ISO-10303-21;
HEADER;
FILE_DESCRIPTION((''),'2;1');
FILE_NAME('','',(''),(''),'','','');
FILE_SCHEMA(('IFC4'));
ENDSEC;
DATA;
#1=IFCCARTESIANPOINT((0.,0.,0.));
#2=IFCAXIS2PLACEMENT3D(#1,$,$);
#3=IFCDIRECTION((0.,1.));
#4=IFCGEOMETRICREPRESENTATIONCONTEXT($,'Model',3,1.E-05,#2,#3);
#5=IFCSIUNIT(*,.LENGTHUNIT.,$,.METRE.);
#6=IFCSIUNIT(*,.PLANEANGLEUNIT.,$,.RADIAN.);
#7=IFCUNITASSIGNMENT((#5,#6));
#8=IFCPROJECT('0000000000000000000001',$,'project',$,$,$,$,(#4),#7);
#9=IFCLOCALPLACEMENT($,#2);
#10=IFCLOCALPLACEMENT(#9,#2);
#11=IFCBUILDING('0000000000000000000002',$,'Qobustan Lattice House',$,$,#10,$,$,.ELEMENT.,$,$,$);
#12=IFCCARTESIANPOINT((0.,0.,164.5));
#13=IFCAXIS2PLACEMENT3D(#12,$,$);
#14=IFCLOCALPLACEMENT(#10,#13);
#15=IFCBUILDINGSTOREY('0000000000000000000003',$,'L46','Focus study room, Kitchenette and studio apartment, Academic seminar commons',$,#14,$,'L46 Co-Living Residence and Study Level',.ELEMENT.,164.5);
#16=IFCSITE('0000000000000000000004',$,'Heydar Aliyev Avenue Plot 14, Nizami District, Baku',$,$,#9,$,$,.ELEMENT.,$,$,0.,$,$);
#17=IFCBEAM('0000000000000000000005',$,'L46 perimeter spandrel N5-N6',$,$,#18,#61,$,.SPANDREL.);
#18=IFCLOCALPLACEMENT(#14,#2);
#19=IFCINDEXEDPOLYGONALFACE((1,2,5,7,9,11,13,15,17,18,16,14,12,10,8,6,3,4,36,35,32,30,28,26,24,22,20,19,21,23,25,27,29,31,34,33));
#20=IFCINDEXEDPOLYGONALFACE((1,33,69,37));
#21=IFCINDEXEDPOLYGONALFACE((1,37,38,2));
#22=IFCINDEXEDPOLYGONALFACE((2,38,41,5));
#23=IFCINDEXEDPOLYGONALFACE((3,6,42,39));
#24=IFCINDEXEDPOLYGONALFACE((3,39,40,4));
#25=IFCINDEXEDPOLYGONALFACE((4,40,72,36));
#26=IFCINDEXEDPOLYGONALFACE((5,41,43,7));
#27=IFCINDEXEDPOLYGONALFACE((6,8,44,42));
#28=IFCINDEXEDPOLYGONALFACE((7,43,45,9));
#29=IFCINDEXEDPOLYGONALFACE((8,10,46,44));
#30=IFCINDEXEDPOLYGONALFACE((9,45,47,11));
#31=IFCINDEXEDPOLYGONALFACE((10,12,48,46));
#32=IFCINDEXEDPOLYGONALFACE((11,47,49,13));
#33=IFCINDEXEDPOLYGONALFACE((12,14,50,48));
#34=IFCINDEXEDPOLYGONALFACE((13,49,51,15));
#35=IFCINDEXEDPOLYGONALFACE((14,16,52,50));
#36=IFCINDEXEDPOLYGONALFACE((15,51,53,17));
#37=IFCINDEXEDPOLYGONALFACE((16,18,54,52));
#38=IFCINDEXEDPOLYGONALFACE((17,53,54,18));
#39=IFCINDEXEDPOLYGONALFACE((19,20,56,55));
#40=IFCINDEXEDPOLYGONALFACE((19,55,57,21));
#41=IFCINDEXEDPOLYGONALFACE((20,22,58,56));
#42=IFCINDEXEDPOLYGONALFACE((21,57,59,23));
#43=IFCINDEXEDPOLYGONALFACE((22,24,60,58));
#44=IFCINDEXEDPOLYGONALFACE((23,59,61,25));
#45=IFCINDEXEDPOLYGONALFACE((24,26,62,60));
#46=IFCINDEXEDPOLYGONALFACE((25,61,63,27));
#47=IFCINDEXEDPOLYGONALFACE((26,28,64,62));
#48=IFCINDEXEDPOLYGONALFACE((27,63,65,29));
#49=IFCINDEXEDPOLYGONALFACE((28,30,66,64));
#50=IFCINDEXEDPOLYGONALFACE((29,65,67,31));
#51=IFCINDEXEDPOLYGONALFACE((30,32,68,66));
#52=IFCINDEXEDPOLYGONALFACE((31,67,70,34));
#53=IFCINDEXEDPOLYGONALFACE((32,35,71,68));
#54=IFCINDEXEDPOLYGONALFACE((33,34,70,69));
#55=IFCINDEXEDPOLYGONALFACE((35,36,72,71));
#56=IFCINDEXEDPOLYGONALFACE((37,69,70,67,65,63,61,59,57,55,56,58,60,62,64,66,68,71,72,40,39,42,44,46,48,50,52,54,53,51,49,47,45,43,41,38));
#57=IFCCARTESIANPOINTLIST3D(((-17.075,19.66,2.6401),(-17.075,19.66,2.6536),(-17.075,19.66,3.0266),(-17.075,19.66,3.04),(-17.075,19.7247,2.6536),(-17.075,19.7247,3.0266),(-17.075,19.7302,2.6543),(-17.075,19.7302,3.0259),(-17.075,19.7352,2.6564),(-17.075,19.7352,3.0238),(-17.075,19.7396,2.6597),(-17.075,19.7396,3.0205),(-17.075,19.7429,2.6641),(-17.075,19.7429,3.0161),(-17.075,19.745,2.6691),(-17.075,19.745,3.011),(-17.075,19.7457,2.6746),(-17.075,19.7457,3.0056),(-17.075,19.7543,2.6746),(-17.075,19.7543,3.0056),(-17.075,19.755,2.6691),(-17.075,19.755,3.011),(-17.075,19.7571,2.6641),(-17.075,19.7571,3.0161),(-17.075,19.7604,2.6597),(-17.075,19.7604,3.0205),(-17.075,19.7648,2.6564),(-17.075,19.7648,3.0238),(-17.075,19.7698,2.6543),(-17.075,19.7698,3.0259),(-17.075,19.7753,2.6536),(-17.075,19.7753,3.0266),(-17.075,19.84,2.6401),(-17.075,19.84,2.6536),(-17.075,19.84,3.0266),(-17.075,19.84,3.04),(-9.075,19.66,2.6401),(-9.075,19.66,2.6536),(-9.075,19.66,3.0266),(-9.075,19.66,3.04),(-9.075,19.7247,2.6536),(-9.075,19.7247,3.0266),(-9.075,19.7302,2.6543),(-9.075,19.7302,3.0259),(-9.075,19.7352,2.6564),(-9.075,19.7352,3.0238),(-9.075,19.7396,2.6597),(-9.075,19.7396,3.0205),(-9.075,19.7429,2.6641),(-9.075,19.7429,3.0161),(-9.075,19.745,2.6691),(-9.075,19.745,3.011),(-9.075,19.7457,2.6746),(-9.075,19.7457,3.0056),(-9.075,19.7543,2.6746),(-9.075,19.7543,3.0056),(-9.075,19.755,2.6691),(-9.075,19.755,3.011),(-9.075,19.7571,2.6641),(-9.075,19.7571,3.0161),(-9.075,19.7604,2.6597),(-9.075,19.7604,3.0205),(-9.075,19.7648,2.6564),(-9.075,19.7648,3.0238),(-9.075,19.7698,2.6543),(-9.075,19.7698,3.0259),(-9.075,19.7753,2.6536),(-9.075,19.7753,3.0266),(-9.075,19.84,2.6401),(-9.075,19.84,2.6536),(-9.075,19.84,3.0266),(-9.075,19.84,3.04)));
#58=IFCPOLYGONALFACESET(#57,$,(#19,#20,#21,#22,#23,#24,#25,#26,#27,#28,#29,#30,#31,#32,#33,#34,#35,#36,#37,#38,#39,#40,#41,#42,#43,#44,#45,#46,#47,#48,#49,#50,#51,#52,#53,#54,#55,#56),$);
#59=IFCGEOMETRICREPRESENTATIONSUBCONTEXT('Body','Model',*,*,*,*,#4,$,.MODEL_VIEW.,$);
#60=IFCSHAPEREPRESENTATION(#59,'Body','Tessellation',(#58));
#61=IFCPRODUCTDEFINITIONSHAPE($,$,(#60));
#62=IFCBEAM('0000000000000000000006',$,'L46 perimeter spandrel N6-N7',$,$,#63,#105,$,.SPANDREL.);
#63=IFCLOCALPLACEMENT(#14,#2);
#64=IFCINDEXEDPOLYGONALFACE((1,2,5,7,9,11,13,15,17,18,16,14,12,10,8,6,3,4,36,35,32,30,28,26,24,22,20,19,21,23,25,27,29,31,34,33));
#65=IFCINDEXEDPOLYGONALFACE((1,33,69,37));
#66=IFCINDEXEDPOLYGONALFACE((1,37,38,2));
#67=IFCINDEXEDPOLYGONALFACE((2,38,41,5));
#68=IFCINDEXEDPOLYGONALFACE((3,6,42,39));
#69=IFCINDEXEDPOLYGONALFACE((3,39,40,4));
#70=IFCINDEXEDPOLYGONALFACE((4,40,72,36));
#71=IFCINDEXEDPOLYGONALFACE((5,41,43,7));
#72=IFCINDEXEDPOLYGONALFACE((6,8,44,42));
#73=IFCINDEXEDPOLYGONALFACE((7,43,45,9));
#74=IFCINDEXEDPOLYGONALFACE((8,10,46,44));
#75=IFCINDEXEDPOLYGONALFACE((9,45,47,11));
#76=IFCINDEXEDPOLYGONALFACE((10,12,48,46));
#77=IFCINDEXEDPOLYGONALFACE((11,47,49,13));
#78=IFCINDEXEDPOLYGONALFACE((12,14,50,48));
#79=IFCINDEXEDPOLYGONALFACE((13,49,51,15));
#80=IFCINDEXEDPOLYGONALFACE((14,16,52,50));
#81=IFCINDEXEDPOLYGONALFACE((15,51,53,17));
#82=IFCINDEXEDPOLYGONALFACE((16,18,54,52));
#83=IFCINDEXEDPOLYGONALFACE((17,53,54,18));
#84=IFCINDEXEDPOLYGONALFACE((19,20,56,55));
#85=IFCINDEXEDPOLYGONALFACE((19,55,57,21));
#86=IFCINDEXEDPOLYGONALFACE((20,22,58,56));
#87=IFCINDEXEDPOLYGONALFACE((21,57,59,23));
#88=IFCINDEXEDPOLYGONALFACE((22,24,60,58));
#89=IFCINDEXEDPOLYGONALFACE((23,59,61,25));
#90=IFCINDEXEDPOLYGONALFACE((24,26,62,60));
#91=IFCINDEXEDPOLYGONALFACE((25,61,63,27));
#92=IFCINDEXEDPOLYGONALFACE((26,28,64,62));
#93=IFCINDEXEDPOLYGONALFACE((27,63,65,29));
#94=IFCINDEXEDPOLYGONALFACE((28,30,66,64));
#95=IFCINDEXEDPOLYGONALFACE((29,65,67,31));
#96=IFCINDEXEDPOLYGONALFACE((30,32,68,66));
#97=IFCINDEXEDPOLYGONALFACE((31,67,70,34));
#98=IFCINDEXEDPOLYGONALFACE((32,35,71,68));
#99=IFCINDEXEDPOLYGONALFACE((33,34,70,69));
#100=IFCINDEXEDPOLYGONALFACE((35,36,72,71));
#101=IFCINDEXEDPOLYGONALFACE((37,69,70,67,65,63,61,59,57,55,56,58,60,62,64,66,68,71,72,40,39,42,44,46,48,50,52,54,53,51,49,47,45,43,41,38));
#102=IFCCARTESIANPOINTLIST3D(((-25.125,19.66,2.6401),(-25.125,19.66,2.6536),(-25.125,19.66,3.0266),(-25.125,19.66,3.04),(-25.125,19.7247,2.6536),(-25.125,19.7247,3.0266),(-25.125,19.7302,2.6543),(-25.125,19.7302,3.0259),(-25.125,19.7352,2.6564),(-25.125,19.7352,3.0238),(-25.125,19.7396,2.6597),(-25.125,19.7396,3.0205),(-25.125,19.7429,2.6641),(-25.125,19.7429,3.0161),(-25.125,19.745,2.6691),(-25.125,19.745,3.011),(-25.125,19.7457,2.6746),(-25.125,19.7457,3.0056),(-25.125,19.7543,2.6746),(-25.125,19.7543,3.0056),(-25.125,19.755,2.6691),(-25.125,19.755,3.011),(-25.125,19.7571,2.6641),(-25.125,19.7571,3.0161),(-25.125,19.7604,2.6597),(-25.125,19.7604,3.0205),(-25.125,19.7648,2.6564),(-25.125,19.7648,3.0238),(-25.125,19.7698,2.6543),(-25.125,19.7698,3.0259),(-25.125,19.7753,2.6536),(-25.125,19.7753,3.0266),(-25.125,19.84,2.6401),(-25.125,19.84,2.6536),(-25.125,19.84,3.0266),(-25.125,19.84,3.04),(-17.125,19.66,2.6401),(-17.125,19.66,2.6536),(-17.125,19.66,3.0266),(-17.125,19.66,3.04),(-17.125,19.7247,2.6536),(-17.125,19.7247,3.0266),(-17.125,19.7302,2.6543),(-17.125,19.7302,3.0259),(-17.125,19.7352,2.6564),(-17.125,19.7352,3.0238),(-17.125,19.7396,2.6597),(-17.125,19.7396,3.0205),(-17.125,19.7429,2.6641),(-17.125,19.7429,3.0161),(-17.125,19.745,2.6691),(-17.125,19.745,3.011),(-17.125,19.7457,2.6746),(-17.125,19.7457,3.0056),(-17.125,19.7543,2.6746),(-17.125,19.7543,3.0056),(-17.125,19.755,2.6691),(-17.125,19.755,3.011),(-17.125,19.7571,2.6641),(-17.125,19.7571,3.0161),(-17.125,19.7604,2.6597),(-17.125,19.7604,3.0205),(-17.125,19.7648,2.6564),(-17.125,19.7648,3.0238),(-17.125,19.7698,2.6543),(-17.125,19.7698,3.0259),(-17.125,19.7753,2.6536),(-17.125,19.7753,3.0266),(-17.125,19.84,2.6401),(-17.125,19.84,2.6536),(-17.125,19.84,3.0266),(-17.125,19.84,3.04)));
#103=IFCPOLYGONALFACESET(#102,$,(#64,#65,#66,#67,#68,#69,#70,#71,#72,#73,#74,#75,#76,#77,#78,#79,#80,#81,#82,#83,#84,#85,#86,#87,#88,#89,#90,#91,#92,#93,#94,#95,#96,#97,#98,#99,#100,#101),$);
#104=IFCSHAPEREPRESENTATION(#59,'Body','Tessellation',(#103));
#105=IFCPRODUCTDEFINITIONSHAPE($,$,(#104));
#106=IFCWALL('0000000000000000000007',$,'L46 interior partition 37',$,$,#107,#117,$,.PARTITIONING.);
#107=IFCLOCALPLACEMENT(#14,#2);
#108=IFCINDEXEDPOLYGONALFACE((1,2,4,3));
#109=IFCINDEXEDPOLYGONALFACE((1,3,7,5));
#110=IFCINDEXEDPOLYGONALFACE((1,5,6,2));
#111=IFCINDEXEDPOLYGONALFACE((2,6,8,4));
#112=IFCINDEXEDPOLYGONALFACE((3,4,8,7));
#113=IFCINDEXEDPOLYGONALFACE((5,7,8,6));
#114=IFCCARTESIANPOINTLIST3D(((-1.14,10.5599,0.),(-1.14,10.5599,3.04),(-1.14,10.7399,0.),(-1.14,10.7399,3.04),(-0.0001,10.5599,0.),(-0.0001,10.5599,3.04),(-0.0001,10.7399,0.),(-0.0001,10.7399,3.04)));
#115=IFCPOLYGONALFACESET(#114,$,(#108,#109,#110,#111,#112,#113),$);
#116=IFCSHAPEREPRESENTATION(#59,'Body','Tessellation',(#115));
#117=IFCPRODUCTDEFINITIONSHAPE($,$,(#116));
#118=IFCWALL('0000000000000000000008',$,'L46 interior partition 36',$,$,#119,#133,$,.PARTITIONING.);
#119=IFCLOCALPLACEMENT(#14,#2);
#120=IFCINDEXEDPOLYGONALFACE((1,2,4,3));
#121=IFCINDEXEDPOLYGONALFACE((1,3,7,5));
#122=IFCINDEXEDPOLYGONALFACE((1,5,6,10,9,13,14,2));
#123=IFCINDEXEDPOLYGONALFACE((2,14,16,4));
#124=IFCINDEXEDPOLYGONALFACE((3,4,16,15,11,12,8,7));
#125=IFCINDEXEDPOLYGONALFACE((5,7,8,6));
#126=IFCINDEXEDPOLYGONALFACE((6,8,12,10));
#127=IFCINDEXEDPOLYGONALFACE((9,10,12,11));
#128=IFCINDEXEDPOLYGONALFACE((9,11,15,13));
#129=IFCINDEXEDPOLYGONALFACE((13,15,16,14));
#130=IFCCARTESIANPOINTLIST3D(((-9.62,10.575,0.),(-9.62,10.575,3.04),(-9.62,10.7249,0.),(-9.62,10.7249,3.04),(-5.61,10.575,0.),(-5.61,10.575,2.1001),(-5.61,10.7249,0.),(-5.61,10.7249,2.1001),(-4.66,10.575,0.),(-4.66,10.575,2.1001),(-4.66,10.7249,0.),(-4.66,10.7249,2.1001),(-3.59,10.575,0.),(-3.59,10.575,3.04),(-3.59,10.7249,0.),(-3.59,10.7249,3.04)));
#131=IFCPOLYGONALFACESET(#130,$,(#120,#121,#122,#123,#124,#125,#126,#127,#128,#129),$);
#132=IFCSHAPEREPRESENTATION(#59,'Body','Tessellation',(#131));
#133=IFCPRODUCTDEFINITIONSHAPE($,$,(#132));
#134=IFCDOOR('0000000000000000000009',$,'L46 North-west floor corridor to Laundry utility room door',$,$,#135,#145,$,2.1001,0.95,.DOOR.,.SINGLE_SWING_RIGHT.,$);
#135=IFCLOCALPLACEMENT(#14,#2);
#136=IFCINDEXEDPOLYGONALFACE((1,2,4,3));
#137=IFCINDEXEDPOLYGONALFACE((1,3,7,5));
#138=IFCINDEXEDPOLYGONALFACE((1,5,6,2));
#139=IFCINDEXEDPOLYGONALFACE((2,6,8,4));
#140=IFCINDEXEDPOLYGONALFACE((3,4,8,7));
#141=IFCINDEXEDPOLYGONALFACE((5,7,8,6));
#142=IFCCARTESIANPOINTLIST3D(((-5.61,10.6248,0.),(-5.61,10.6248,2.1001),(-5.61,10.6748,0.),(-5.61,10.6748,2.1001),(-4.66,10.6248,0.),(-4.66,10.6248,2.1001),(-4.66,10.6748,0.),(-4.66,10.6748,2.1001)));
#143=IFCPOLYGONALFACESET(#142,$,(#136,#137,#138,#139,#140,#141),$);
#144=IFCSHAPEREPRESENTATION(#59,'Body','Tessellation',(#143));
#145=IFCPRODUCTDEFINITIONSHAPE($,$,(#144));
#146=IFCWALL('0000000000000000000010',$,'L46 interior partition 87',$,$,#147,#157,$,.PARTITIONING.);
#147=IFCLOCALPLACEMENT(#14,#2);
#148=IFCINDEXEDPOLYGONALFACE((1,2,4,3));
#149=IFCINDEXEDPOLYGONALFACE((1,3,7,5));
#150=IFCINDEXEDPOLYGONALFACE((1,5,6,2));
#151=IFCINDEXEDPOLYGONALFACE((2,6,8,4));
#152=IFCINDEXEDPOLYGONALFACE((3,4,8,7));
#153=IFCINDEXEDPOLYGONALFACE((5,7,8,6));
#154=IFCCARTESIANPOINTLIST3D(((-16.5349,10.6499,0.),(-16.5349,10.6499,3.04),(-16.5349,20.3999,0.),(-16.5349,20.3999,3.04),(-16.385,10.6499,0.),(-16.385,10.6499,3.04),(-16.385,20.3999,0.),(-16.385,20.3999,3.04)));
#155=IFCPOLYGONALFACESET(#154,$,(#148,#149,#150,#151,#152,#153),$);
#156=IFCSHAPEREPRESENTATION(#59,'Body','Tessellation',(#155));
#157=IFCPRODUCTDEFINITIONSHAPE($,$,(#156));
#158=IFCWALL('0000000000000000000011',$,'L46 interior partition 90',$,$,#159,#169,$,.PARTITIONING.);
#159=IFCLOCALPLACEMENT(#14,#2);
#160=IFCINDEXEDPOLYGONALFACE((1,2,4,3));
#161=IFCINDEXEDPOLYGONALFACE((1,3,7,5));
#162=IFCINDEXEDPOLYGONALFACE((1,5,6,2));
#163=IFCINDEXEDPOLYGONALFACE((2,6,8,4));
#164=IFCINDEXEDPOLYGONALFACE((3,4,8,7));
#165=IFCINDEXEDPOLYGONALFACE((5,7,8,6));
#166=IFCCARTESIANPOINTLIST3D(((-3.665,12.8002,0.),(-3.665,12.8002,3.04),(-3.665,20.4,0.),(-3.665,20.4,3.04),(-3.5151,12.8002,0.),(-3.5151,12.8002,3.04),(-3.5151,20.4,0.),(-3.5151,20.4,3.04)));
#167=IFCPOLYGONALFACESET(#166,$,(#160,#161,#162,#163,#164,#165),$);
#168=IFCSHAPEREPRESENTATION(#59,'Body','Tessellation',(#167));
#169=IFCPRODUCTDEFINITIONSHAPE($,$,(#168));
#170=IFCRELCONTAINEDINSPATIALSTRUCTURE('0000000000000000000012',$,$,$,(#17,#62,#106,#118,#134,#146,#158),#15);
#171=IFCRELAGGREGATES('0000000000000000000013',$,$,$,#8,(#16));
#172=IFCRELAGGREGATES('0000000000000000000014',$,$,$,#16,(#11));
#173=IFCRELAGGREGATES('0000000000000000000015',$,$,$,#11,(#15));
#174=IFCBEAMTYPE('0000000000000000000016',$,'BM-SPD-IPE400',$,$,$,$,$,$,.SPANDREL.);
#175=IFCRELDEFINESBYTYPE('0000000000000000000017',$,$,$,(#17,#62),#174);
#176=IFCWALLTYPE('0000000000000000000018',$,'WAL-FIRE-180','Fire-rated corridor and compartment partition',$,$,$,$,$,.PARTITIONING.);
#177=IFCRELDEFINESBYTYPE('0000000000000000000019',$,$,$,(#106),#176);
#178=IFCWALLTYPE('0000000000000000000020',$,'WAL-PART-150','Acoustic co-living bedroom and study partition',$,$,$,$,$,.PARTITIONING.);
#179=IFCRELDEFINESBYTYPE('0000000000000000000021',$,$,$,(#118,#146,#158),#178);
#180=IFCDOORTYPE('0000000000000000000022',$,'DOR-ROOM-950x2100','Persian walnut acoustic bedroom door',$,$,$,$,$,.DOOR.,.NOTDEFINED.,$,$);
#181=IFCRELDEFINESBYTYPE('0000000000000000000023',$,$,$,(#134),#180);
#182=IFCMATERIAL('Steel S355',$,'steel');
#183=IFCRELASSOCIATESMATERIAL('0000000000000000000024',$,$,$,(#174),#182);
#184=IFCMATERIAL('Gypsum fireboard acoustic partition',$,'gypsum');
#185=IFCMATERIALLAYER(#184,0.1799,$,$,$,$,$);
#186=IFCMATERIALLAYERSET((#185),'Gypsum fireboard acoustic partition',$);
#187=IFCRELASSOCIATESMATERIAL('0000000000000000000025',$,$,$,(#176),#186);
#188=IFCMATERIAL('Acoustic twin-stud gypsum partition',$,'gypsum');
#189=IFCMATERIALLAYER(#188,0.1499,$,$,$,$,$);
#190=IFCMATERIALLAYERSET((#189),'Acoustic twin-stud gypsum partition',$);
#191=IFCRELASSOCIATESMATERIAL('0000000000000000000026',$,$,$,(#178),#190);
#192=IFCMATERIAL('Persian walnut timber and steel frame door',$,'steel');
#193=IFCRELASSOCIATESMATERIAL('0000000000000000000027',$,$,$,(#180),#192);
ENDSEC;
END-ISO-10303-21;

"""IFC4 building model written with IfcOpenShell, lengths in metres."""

from ifc_helpers import new_model, si_unit, direction, frame, frame_2d, origin, origin_2d, place, context, subcontext, project, spatial, rectangle, i_section, extrude, material, layer, layer_set, material_profile, profile_set, type_object, element, fill, save


model = new_model("IFC4")

# Units and contexts
model_context = context("Model", 3, precision=1e-05, world=origin(), true_north=direction((0.0, 1.0)))
body_context = subcontext(model_context, "Body", "Model", "MODEL_VIEW")
ifc_project = project(units=[si_unit("LENGTHUNIT", "METRE"), si_unit("PLANEANGLEUNIT", "RADIAN")], contexts=[model_context])

# Site, building, storey
site_placement = place(None, origin())
site = spatial("IfcSite", under=ifc_project, at=site_placement, Name="Heydar Aliyev Avenue Plot 14, Nizami District, Baku", CompositionType="ELEMENT", RefElevation=0.0)
building_placement = place(site_placement, origin())
building = spatial("IfcBuilding", under=site, at=building_placement, Name="Qobustan Lattice House", CompositionType="ELEMENT")
storey_placement = place(building_placement, frame((0.0, 0.0, 164.5)))
storey = spatial("IfcBuildingStorey", under=building, at=storey_placement, Name="L46", Description="Focus study room, Kitchenette and studio apartment, Academic seminar commons", LongName="L46 Co-Living Residence and Study Level", CompositionType="ELEMENT", Elevation=164.5)

# Beams
ifc_material_1 = material(Name="Steel S355", Category="steel")
ifc_material_profile_1 = material_profile(ifc_material_1, i_section(OverallWidth=0.1799, OverallDepth=0.3999, WebThickness=0.0085, FlangeThickness=0.0134, FilletRadius=0.021, at=origin_2d()), Name="IPE400")
ifc_profile_set_1 = profile_set([ifc_material_profile_1], Name="Steel S355")
beam_type_1 = type_object("IfcBeamType", Name="BM-SPD-IPE400", PredefinedType="SPANDREL", material=ifc_profile_set_1)
for number, where, z_axis, x_axis, name in (
    (1, (-9.075, 19.75, 2.8401), (-1.0, 0.0, 0.0), (0.0, -1.0, 0.0), "L46 perimeter spandrel N5-N6"),
    (2, (-17.125, 19.75, 2.8401), (-1.0, 0.0, 0.0), (0.0, -1.0, 0.0), "L46 perimeter spandrel N6-N7"),
):
    element("IfcBeam", number, at=place(storey_placement, frame(where, z_axis=z_axis, x_axis=x_axis)), inside=storey, type_object=beam_type_1, Name=name, PredefinedType="SPANDREL", context=body_context, shape_type="SweptSolid", body=[
        extrude(i_section(OverallWidth=0.1799, OverallDepth=0.3999, WebThickness=0.0085, FlangeThickness=0.0134, FilletRadius=0.021, at=origin_2d()), origin(), (0.0, 0.0, 1.0), 8.0),
    ])

# Wall
ifc_material_2 = material(Name="Gypsum fireboard acoustic partition", Category="gypsum")
ifc_layer_1 = layer(ifc_material_2, 0.1799)
ifc_layer_set_1 = layer_set([ifc_layer_1], Name="Gypsum fireboard acoustic partition")
wall_type_1 = type_object("IfcWallType", Name="WAL-FIRE-180", Description="Fire-rated corridor and compartment partition", PredefinedType="PARTITIONING", material=ifc_layer_set_1)
wall_1_placement = place(storey_placement, frame((-1.1399, 10.6499, 0.0), z_axis=(0.0, 0.0, 1.0), x_axis=(1.0, 0.0, 0.0)))
element("IfcWall", 3, at=wall_1_placement, inside=storey, type_object=wall_type_1, Name="L46 interior partition 37", PredefinedType="PARTITIONING", context=body_context, shape_type="SweptSolid", body=[
    extrude(rectangle(XDim=1.1399, YDim=0.1799, at=frame_2d((0.5698, 0.0))), origin(), (0.0, 0.0, 1.0), 3.04),
])

# Wall, opening, door
ifc_material_3 = material(Name="Acoustic twin-stud gypsum partition", Category="gypsum")
ifc_layer_2 = layer(ifc_material_3, 0.1499)
ifc_layer_set_2 = layer_set([ifc_layer_2], Name="Acoustic twin-stud gypsum partition")
wall_type_2 = type_object("IfcWallType", Name="WAL-PART-150", Description="Acoustic co-living bedroom and study partition", PredefinedType="PARTITIONING", material=ifc_layer_set_2)
wall_2_placement = place(storey_placement, frame((-9.6201, 10.6499, 0.0), z_axis=(0.0, 0.0, 1.0), x_axis=(1.0, 0.0, 0.0)))
wall_2 = element("IfcWall", 4, at=wall_2_placement, inside=storey, type_object=wall_type_2, Name="L46 interior partition 36", PredefinedType="PARTITIONING", context=body_context, shape_type="SweptSolid", body=[
    extrude(rectangle(XDim=6.03, YDim=0.1499, at=frame_2d((3.0151, 0.0))), origin(), (0.0, 0.0, 1.0), 3.04),
])
opening_1_placement = place(wall_2_placement, frame((4.01, 0.0, 0.0)))
opening_1 = element("IfcOpeningElement", 5, at=opening_1_placement, cuts=wall_2, PredefinedType="OPENING", context=body_context, shape_type="SweptSolid", body=[
    extrude(rectangle(XDim=0.95, YDim=2.1001, at=frame_2d((0.4751, 1.05))), frame((0.0, 0.085, 0.0), z_axis=(0.0, -1.0, 0.0), x_axis=(1.0, 0.0, 0.0)), (0.0, 0.0, 1.0), 0.1699),
])
ifc_material_4 = material(Name="Persian walnut timber and steel frame door", Category="steel")
door_type_1 = type_object("IfcDoorType", Name="DOR-ROOM-950x2100", Description="Persian walnut acoustic bedroom door", OperationType="NOTDEFINED", PredefinedType="DOOR", material=ifc_material_4)
door_1_placement = place(opening_1_placement, origin())
door_1 = element("IfcDoor", 6, at=door_1_placement, inside=storey, type_object=door_type_1, Name="L46 North-west floor corridor to Laundry utility room door", OperationType="SINGLE_SWING_RIGHT", OverallHeight=2.1001, OverallWidth=0.95, PredefinedType="DOOR", context=body_context, shape_type="SweptSolid", body=[
    extrude(rectangle(XDim=0.95, YDim=2.1001, at=frame_2d((0.4751, 1.05))), frame((0.0, 0.0249, 0.0), z_axis=(0.0, -1.0, 0.0), x_axis=(1.0, 0.0, 0.0)), (0.0, 0.0, 1.0), 0.05),
])
fill(opening_1, door_1)

# Walls
wall_3_placement = place(storey_placement, frame((-16.46, 20.3999, 0.0), z_axis=(0.0, 0.0, 1.0), x_axis=(0.0, -1.0, 0.0)))
element("IfcWall", 7, at=wall_3_placement, inside=storey, type_object=wall_type_2, Name="L46 interior partition 87", PredefinedType="PARTITIONING", context=body_context, shape_type="SweptSolid", body=[
    extrude(rectangle(XDim=9.75, YDim=0.1499, at=frame_2d((4.875, 0.0))), origin(), (0.0, 0.0, 1.0), 3.04),
])
wall_4_placement = place(storey_placement, frame((-3.5901, 20.3999, 0.0), z_axis=(0.0, 0.0, 1.0), x_axis=(0.0, -1.0, 0.0)))
element("IfcWall", 8, at=wall_4_placement, inside=storey, type_object=wall_type_2, Name="L46 interior partition 90", PredefinedType="PARTITIONING", context=body_context, shape_type="SweptSolid", body=[
    extrude(rectangle(XDim=7.5999, YDim=0.1499, at=frame_2d((3.7998, 0.0))), origin(), (0.0, 0.0, 1.0), 3.04),
])

save(model, "model.ifc")
